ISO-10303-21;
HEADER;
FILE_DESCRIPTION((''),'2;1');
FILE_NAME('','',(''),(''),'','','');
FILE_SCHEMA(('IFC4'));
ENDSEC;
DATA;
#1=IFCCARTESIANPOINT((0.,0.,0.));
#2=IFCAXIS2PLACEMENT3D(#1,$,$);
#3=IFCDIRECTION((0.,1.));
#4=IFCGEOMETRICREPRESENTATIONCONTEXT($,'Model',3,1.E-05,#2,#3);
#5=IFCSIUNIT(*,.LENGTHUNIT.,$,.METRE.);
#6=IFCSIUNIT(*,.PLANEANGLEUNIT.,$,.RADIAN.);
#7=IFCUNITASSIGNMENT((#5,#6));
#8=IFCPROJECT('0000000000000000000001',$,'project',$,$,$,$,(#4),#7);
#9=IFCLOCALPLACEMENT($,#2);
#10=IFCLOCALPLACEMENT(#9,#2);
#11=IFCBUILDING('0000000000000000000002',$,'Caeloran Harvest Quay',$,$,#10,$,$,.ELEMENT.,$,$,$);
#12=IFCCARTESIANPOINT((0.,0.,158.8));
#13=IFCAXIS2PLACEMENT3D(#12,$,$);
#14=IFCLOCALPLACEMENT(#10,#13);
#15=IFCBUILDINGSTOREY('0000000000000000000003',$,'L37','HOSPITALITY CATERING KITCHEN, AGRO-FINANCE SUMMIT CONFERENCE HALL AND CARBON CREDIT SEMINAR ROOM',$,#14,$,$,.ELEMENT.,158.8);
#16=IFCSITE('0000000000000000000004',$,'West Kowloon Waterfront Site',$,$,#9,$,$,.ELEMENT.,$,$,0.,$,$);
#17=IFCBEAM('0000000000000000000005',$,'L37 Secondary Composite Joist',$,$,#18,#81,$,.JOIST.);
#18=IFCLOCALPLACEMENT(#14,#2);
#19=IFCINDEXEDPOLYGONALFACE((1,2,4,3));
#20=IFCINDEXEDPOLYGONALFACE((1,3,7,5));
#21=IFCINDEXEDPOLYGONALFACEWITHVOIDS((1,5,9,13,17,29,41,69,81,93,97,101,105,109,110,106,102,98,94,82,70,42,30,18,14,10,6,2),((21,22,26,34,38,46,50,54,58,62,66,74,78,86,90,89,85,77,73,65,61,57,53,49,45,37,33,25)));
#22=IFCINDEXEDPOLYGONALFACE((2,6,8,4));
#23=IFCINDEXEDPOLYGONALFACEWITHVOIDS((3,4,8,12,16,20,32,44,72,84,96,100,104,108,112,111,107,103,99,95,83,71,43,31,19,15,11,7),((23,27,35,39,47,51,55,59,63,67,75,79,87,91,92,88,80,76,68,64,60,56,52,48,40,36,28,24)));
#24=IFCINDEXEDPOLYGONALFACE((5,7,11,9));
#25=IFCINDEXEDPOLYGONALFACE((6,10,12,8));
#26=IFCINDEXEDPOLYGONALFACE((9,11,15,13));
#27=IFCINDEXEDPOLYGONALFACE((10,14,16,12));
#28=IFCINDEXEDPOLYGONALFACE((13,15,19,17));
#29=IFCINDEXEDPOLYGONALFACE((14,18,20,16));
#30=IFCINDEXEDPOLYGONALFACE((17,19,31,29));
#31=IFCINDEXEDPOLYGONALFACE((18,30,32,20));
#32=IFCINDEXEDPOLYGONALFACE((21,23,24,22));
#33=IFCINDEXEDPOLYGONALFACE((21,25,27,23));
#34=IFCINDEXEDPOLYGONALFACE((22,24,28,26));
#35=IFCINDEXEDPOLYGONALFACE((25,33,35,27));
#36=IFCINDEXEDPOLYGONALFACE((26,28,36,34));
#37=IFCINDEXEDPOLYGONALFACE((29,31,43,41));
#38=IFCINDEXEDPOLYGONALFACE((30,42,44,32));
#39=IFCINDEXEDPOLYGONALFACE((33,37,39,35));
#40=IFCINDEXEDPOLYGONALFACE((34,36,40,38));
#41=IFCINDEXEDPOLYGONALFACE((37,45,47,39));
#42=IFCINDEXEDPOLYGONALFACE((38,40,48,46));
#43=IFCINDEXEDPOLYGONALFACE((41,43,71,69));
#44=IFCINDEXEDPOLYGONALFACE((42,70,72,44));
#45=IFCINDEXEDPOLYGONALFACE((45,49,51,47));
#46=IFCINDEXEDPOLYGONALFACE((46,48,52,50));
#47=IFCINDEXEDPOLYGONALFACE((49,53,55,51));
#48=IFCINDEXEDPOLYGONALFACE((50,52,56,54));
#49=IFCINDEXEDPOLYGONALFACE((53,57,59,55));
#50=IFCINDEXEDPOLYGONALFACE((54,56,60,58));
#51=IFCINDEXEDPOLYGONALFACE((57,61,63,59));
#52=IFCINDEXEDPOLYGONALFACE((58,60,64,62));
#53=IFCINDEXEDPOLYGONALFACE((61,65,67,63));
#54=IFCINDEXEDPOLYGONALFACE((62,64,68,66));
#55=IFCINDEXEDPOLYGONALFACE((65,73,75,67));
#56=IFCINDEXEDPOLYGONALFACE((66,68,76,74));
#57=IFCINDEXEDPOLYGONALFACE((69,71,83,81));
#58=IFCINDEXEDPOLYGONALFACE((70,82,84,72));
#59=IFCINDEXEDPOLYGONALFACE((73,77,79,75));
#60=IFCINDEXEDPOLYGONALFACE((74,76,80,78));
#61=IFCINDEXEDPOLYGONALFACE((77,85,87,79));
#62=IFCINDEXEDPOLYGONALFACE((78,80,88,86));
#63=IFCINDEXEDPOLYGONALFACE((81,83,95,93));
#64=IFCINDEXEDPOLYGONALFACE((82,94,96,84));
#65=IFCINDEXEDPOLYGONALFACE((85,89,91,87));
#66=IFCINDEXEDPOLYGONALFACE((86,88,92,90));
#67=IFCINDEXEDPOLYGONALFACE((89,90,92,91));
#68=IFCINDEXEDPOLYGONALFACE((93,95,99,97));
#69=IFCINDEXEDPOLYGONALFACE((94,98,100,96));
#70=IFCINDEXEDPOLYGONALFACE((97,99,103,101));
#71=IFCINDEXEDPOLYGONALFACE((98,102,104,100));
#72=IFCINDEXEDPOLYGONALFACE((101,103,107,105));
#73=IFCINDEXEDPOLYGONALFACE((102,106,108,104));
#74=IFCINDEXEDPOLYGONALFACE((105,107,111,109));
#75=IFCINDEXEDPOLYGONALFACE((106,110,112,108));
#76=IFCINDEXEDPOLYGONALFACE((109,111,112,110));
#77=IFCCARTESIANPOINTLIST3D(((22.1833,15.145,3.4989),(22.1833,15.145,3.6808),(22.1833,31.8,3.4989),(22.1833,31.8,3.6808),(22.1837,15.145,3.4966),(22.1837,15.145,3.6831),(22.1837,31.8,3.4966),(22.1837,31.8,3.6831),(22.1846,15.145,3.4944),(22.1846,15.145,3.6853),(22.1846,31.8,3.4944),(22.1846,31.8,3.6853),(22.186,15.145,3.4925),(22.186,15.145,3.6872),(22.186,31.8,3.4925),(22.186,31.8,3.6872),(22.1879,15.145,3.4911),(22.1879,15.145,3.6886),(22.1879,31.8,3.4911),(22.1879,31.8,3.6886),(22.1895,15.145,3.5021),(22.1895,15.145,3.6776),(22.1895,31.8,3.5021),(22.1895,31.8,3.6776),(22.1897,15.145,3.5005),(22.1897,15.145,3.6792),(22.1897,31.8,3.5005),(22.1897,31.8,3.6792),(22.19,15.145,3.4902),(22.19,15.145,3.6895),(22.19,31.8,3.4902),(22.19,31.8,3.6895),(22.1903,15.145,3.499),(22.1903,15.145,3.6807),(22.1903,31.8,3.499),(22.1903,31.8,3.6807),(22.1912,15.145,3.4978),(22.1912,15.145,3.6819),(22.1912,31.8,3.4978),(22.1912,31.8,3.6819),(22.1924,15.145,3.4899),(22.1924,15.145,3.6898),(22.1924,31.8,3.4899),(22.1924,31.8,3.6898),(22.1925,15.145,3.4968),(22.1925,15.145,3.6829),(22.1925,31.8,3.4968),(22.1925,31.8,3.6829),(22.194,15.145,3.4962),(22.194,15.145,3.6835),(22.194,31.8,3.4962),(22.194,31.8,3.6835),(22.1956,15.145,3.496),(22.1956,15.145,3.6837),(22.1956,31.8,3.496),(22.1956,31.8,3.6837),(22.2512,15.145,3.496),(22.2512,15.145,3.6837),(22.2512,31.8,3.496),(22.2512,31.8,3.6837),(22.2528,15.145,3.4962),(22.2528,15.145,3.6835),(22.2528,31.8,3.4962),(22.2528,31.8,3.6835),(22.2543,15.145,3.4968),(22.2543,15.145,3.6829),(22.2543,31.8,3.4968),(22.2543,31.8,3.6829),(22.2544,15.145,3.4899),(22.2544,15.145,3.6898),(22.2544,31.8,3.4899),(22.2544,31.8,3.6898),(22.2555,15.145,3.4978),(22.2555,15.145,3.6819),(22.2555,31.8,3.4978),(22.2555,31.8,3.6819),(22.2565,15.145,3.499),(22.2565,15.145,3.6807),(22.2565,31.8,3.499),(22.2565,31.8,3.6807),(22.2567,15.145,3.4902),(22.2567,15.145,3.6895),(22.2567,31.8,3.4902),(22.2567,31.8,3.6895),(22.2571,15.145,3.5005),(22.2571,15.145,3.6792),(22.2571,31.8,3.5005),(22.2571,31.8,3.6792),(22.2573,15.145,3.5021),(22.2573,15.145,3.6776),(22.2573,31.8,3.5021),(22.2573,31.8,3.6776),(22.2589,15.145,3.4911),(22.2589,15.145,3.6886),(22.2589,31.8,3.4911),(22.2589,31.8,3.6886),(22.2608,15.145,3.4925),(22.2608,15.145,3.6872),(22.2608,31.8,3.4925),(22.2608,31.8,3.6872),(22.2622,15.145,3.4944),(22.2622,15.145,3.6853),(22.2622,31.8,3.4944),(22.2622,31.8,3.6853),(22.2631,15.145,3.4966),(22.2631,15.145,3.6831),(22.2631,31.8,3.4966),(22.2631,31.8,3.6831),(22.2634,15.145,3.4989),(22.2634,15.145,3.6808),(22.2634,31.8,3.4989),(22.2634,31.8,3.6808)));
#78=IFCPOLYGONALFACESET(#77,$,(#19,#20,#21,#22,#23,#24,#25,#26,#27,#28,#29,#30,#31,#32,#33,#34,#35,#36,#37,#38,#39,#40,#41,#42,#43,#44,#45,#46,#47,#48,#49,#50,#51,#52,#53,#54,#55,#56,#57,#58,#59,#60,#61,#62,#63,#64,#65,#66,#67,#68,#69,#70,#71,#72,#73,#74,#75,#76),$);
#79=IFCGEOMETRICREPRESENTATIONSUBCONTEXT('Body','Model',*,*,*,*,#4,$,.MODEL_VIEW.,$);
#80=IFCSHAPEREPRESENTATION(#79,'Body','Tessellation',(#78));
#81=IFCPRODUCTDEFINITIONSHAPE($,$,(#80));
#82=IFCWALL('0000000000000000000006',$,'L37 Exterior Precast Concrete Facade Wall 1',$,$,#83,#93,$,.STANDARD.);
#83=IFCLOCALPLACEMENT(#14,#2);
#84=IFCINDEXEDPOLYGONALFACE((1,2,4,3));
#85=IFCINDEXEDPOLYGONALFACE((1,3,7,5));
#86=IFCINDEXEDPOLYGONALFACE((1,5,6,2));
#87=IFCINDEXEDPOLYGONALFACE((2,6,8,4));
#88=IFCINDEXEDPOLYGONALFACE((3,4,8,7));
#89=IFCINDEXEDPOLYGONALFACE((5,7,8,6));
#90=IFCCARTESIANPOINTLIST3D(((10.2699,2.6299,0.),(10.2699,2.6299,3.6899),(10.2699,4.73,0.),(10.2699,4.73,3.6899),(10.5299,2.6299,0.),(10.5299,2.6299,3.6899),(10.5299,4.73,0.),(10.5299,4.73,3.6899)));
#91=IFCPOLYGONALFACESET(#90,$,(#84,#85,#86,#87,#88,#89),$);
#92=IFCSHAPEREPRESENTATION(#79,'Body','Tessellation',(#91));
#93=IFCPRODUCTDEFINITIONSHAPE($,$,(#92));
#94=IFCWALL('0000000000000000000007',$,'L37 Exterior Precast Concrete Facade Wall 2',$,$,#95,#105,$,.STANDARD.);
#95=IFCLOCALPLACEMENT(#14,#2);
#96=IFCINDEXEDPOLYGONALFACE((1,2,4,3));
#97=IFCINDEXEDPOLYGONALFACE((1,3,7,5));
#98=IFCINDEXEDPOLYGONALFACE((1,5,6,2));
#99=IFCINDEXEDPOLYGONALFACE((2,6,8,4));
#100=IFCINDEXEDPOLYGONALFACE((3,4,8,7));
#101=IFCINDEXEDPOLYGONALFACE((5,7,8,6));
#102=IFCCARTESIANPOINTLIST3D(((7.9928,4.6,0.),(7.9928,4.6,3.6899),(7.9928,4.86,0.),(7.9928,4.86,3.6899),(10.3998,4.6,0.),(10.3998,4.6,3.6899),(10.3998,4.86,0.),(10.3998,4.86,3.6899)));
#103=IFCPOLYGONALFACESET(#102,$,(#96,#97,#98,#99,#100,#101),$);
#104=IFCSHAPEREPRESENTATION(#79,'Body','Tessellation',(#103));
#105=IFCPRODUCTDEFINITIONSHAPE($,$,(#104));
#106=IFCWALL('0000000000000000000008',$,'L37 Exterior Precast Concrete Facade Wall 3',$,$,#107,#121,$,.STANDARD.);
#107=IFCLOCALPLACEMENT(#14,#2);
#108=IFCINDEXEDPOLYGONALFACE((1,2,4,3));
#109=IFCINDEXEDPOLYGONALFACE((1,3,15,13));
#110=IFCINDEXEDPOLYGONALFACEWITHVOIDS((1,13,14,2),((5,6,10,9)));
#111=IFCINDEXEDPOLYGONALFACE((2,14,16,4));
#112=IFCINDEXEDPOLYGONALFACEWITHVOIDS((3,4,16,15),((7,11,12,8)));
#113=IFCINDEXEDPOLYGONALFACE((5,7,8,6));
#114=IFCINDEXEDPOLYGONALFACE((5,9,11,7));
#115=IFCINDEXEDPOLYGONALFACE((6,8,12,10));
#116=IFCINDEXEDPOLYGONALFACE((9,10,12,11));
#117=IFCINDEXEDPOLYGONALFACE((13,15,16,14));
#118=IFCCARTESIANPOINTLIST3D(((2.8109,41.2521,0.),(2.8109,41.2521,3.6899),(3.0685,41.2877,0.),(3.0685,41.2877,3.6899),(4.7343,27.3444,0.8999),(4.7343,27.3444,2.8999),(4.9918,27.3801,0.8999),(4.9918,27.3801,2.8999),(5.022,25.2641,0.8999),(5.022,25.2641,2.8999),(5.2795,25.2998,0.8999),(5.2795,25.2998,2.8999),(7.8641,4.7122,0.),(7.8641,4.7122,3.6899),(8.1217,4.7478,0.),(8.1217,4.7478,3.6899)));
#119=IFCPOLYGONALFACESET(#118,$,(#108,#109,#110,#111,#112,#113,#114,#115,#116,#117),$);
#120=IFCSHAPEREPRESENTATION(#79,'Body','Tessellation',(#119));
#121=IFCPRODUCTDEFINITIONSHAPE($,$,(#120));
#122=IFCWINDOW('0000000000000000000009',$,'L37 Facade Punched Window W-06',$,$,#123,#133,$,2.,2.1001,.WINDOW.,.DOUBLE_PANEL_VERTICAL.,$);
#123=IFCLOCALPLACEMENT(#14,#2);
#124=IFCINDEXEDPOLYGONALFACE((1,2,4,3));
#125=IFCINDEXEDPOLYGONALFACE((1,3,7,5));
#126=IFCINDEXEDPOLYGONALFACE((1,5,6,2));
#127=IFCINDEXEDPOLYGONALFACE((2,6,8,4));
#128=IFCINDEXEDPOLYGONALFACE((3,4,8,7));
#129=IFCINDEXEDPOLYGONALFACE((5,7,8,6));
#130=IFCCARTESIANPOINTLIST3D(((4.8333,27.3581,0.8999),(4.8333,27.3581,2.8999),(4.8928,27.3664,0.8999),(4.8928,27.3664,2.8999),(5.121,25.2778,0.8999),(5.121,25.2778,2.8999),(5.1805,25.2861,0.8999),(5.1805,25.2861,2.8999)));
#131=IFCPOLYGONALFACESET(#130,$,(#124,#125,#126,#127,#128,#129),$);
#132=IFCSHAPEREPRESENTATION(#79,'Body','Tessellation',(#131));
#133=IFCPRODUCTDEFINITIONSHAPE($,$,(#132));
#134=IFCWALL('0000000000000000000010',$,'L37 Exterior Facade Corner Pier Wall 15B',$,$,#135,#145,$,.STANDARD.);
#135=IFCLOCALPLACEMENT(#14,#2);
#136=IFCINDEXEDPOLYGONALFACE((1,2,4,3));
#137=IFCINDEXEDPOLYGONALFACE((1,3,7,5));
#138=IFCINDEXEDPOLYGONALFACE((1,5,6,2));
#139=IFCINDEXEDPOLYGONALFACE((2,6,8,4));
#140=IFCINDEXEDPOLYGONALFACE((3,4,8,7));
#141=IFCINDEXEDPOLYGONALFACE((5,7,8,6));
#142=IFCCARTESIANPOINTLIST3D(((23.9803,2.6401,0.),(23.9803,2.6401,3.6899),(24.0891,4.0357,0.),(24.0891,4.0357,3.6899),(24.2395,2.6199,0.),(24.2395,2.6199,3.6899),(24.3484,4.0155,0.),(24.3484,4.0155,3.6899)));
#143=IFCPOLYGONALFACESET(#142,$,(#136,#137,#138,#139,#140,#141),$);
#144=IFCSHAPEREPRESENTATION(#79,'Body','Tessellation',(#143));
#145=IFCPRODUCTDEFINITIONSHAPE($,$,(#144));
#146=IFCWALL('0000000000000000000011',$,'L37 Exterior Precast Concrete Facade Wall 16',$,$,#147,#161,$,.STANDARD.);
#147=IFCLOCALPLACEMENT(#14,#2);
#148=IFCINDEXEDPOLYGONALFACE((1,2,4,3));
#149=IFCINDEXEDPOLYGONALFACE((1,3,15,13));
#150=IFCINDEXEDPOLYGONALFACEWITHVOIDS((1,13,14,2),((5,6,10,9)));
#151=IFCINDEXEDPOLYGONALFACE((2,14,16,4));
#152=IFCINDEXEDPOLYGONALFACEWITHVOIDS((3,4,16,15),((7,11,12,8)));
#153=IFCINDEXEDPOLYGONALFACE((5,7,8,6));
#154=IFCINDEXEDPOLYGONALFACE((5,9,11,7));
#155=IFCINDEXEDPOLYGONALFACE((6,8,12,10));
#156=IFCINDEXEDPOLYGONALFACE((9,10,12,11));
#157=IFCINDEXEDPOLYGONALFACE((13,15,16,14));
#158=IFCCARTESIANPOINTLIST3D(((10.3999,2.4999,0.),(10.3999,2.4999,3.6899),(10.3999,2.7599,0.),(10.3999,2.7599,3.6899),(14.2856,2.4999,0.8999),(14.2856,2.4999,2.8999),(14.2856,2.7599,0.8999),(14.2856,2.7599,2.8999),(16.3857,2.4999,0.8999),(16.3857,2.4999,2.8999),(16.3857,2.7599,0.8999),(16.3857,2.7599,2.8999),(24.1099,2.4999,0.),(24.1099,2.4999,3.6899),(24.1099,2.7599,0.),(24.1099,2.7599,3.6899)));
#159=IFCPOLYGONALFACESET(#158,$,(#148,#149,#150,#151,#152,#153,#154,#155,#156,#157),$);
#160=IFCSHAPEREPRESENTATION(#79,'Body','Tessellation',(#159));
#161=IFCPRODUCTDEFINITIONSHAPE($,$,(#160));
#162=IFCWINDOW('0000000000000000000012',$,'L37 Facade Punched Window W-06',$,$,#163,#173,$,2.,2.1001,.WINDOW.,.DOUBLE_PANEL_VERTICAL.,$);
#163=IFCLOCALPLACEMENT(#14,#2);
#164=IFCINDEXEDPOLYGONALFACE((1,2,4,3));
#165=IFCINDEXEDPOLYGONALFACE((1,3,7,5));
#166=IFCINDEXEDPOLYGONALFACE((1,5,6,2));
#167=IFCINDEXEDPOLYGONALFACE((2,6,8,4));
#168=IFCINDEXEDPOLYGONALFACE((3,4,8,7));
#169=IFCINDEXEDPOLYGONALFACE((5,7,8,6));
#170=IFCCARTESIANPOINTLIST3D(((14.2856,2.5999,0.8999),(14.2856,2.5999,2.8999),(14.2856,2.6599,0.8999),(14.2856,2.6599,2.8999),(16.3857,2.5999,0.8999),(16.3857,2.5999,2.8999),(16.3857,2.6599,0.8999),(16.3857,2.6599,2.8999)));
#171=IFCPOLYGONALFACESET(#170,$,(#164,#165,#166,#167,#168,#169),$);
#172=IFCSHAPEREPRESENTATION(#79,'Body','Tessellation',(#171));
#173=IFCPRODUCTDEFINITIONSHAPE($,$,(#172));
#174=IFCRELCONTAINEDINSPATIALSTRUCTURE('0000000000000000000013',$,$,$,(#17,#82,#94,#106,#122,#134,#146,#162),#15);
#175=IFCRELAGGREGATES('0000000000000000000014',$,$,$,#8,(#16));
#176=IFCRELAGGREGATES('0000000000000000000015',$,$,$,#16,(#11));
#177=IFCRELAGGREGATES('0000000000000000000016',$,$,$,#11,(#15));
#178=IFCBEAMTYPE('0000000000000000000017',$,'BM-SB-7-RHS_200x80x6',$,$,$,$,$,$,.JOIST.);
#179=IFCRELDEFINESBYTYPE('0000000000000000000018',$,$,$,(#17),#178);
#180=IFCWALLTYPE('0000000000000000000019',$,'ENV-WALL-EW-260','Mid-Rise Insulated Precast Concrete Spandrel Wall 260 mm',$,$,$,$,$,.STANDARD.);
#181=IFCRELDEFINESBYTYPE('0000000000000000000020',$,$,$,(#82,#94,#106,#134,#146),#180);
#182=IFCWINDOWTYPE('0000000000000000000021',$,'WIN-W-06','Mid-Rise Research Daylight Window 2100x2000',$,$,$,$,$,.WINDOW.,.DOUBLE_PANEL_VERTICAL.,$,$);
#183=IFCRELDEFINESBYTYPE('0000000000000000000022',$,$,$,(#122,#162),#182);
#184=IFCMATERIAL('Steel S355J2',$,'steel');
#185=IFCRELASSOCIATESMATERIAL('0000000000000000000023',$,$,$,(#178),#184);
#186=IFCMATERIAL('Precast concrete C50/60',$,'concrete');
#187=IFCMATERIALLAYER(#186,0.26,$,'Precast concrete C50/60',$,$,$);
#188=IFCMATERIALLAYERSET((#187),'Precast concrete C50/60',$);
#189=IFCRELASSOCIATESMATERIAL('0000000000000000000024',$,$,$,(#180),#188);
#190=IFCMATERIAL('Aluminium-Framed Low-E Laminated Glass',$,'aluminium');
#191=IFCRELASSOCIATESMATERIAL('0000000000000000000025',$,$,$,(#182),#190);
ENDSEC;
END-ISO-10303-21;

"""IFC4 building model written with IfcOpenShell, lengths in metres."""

from ifc_helpers import new_model, si_unit, direction, frame, frame_2d, origin, origin_2d, place, context, subcontext, project, spatial, rectangle, hollow_rectangle, extrude, material, layer, layer_set, material_profile, profile_set, type_object, element, fill, save


model = new_model("IFC4")

# Units and contexts
model_context = context("Model", 3, precision=1e-05, world=origin(), true_north=direction((0.0, 1.0)))
body_context = subcontext(model_context, "Body", "Model", "MODEL_VIEW")
ifc_project = project(units=[si_unit("LENGTHUNIT", "METRE"), si_unit("PLANEANGLEUNIT", "RADIAN")], contexts=[model_context])

# Site, building, storey
site_placement = place(None, origin())
site = spatial("IfcSite", under=ifc_project, at=site_placement, Name="West Kowloon Waterfront Site", CompositionType="ELEMENT", RefElevation=0.0)
building_placement = place(site_placement, origin())
building = spatial("IfcBuilding", under=site, at=building_placement, Name="Caeloran Harvest Quay", CompositionType="ELEMENT")
storey_placement = place(building_placement, frame((0.0, 0.0, 158.8)))
storey = spatial("IfcBuildingStorey", under=building, at=storey_placement, Name="L37", Description="HOSPITALITY CATERING KITCHEN, AGRO-FINANCE SUMMIT CONFERENCE HALL AND CARBON CREDIT SEMINAR ROOM", CompositionType="ELEMENT", Elevation=158.8)

# Beam
ifc_material_1 = material(Name="Steel S355J2", Category="steel")
ifc_material_profile_1 = material_profile(ifc_material_1, hollow_rectangle(XDim=0.0801, YDim=0.2, WallThickness=0.0061, InnerFilletRadius=0.0061, OuterFilletRadius=0.009, at=origin_2d()), Name="RHS 200x80x6")
ifc_profile_set_1 = profile_set([ifc_material_profile_1], Name="Steel S355J2")
beam_type_1 = type_object("IfcBeamType", Name="BM-SB-7-RHS_200x80x6", PredefinedType="JOIST", material=ifc_profile_set_1)
for number, where, z_axis, x_axis, name in (
    (1, (22.2234, 15.145, 3.5898), (0.0, 1.0, 0.0), (-1.0, 0.0, 0.0), "L37 Secondary Composite Joist"),
):
    element("IfcBeam", number, at=place(storey_placement, frame(where, z_axis=z_axis, x_axis=x_axis)), inside=storey, type_object=beam_type_1, Name=name, PredefinedType="JOIST", context=body_context, shape_type="SweptSolid", body=[
        extrude(hollow_rectangle(XDim=0.0801, YDim=0.2, WallThickness=0.0061, InnerFilletRadius=0.0061, OuterFilletRadius=0.009, at=origin_2d()), origin(), (0.0, 0.0, 1.0), 16.655),
    ])

# Walls
ifc_material_2 = material(Name="Precast concrete C50/60", Category="concrete")
ifc_layer_1 = layer(ifc_material_2, 0.26, Name="Precast concrete C50/60")
ifc_layer_set_1 = layer_set([ifc_layer_1], Name="Precast concrete C50/60")
wall_type_1 = type_object("IfcWallType", Name="ENV-WALL-EW-260", Description="Mid-Rise Insulated Precast Concrete Spandrel Wall 260 mm", PredefinedType="STANDARD", material=ifc_layer_set_1)
wall_1_placement = place(storey_placement, frame((10.3999, 2.6299, 0.0), z_axis=(0.0, 0.0, 1.0), x_axis=(0.0, 1.0, 0.0)))
element("IfcWall", 2, at=wall_1_placement, inside=storey, type_object=wall_type_1, Name="L37 Exterior Precast Concrete Facade Wall 1", PredefinedType="STANDARD", context=body_context, shape_type="SweptSolid", body=[
    extrude(rectangle(XDim=2.1001, YDim=0.26, at=frame_2d((1.05, 0.0))), origin(), (0.0, 0.0, 1.0), 3.6899),
])
wall_2_placement = place(storey_placement, frame((10.3999, 4.73, 0.0), z_axis=(0.0, 0.0, 1.0), x_axis=(-1.0, 0.0, 0.0)))
element("IfcWall", 3, at=wall_2_placement, inside=storey, type_object=wall_type_1, Name="L37 Exterior Precast Concrete Facade Wall 2", PredefinedType="STANDARD", context=body_context, shape_type="SweptSolid", body=[
    extrude(rectangle(XDim=2.407, YDim=0.26, at=frame_2d((1.2036, 0.0))), origin(), (0.0, 0.0, 1.0), 3.6899),
])

# Wall, opening, window
wall_3_placement = place(storey_placement, frame((7.9929, 4.73, 0.0), z_axis=(0.0, 0.0, 1.0), x_axis=(-0.136989, 0.990573, 0.0)))
wall_3 = element("IfcWall", 4, at=wall_3_placement, inside=storey, type_object=wall_type_1, Name="L37 Exterior Precast Concrete Facade Wall 3", PredefinedType="STANDARD", context=body_context, shape_type="SweptSolid", body=[
    extrude(rectangle(XDim=36.8877, YDim=0.26, at=frame_2d((18.4438, 0.0))), origin(), (0.0, 0.0, 1.0), 3.6899),
])
opening_1_placement = place(wall_3_placement, frame((20.7476, 0.0, 0.8999)))
opening_1 = element("IfcOpeningElement", 5, at=opening_1_placement, cuts=wall_3, PredefinedType="OPENING", context=body_context, shape_type="SweptSolid", body=[
    extrude(rectangle(XDim=2.1001, YDim=2.0, at=frame_2d((1.05, 1.0))), frame((0.0, 0.1401, 0.0), z_axis=(0.0, -1.0, 0.0), x_axis=(1.0, 0.0, 0.0)), (0.0, 0.0, 1.0), 0.28),
])
ifc_material_3 = material(Name="Aluminium-Framed Low-E Laminated Glass", Category="aluminium")
window_type = type_object("IfcWindowType", Name="WIN-W-06", Description="Mid-Rise Research Daylight Window 2100x2000", PartitioningType="DOUBLE_PANEL_VERTICAL", PredefinedType="WINDOW", material=ifc_material_3)
window_1_placement = place(opening_1_placement, origin())
window_1 = element("IfcWindow", 6, at=window_1_placement, inside=storey, type_object=window_type, Name="L37 Facade Punched Window W-06", OverallHeight=2.0, OverallWidth=2.1001, PartitioningType="DOUBLE_PANEL_VERTICAL", PredefinedType="WINDOW", context=body_context, shape_type="SweptSolid", body=[
    extrude(rectangle(XDim=2.1001, YDim=2.0, at=frame_2d((1.05, 1.0))), frame((0.0, 0.03, 0.0), z_axis=(0.0, -1.0, 0.0), x_axis=(1.0, 0.0, 0.0)), (0.0, 0.0, 1.0), 0.0601),
])
fill(opening_1, window_1)

# Wall
wall_4_placement = place(storey_placement, frame((24.2188, 4.0256, 0.0), z_axis=(0.0, 0.0, 1.0), x_axis=(-0.077777, -0.996971, 0.0)))
element("IfcWall", 7, at=wall_4_placement, inside=storey, type_object=wall_type_1, Name="L37 Exterior Facade Corner Pier Wall 15B", PredefinedType="STANDARD", context=body_context, shape_type="SweptSolid", body=[
    extrude(rectangle(XDim=1.3999, YDim=0.26, at=frame_2d((0.7, 0.0))), origin(), (0.0, 0.0, 1.0), 3.6899),
])

# Wall, opening, window
wall_5_placement = place(storey_placement, frame((24.1099, 2.6299, 0.0), z_axis=(0.0, 0.0, 1.0), x_axis=(-1.0, 0.0, 0.0)))
wall_5 = element("IfcWall", 8, at=wall_5_placement, inside=storey, type_object=wall_type_1, Name="L37 Exterior Precast Concrete Facade Wall 16", PredefinedType="STANDARD", context=body_context, shape_type="SweptSolid", body=[
    extrude(rectangle(XDim=13.71, YDim=0.26, at=frame_2d((6.855, 0.0))), origin(), (0.0, 0.0, 1.0), 3.6899),
])
opening_2_placement = place(wall_5_placement, frame((7.7241, 0.0, 0.8999)))
opening_2 = element("IfcOpeningElement", 9, at=opening_2_placement, cuts=wall_5, PredefinedType="OPENING", context=body_context, shape_type="SweptSolid", body=[
    extrude(rectangle(XDim=2.1001, YDim=2.0, at=frame_2d((1.05, 1.0))), frame((0.0, 0.1401, 0.0), z_axis=(0.0, -1.0, 0.0), x_axis=(1.0, 0.0, 0.0)), (0.0, 0.0, 1.0), 0.28),
])
window_2_placement = place(opening_2_placement, origin())
window_2 = element("IfcWindow", 10, at=window_2_placement, inside=storey, type_object=window_type, Name="L37 Facade Punched Window W-06", OverallHeight=2.0, OverallWidth=2.1001, PartitioningType="DOUBLE_PANEL_VERTICAL", PredefinedType="WINDOW", context=body_context, shape_type="SweptSolid", body=[
    extrude(rectangle(XDim=2.1001, YDim=2.0, at=frame_2d((1.05, 1.0))), frame((0.0, 0.03, 0.0), z_axis=(0.0, -1.0, 0.0), x_axis=(1.0, 0.0, 0.0)), (0.0, 0.0, 1.0), 0.0601),
])
fill(opening_2, window_2)

save(model, "model.ifc")
